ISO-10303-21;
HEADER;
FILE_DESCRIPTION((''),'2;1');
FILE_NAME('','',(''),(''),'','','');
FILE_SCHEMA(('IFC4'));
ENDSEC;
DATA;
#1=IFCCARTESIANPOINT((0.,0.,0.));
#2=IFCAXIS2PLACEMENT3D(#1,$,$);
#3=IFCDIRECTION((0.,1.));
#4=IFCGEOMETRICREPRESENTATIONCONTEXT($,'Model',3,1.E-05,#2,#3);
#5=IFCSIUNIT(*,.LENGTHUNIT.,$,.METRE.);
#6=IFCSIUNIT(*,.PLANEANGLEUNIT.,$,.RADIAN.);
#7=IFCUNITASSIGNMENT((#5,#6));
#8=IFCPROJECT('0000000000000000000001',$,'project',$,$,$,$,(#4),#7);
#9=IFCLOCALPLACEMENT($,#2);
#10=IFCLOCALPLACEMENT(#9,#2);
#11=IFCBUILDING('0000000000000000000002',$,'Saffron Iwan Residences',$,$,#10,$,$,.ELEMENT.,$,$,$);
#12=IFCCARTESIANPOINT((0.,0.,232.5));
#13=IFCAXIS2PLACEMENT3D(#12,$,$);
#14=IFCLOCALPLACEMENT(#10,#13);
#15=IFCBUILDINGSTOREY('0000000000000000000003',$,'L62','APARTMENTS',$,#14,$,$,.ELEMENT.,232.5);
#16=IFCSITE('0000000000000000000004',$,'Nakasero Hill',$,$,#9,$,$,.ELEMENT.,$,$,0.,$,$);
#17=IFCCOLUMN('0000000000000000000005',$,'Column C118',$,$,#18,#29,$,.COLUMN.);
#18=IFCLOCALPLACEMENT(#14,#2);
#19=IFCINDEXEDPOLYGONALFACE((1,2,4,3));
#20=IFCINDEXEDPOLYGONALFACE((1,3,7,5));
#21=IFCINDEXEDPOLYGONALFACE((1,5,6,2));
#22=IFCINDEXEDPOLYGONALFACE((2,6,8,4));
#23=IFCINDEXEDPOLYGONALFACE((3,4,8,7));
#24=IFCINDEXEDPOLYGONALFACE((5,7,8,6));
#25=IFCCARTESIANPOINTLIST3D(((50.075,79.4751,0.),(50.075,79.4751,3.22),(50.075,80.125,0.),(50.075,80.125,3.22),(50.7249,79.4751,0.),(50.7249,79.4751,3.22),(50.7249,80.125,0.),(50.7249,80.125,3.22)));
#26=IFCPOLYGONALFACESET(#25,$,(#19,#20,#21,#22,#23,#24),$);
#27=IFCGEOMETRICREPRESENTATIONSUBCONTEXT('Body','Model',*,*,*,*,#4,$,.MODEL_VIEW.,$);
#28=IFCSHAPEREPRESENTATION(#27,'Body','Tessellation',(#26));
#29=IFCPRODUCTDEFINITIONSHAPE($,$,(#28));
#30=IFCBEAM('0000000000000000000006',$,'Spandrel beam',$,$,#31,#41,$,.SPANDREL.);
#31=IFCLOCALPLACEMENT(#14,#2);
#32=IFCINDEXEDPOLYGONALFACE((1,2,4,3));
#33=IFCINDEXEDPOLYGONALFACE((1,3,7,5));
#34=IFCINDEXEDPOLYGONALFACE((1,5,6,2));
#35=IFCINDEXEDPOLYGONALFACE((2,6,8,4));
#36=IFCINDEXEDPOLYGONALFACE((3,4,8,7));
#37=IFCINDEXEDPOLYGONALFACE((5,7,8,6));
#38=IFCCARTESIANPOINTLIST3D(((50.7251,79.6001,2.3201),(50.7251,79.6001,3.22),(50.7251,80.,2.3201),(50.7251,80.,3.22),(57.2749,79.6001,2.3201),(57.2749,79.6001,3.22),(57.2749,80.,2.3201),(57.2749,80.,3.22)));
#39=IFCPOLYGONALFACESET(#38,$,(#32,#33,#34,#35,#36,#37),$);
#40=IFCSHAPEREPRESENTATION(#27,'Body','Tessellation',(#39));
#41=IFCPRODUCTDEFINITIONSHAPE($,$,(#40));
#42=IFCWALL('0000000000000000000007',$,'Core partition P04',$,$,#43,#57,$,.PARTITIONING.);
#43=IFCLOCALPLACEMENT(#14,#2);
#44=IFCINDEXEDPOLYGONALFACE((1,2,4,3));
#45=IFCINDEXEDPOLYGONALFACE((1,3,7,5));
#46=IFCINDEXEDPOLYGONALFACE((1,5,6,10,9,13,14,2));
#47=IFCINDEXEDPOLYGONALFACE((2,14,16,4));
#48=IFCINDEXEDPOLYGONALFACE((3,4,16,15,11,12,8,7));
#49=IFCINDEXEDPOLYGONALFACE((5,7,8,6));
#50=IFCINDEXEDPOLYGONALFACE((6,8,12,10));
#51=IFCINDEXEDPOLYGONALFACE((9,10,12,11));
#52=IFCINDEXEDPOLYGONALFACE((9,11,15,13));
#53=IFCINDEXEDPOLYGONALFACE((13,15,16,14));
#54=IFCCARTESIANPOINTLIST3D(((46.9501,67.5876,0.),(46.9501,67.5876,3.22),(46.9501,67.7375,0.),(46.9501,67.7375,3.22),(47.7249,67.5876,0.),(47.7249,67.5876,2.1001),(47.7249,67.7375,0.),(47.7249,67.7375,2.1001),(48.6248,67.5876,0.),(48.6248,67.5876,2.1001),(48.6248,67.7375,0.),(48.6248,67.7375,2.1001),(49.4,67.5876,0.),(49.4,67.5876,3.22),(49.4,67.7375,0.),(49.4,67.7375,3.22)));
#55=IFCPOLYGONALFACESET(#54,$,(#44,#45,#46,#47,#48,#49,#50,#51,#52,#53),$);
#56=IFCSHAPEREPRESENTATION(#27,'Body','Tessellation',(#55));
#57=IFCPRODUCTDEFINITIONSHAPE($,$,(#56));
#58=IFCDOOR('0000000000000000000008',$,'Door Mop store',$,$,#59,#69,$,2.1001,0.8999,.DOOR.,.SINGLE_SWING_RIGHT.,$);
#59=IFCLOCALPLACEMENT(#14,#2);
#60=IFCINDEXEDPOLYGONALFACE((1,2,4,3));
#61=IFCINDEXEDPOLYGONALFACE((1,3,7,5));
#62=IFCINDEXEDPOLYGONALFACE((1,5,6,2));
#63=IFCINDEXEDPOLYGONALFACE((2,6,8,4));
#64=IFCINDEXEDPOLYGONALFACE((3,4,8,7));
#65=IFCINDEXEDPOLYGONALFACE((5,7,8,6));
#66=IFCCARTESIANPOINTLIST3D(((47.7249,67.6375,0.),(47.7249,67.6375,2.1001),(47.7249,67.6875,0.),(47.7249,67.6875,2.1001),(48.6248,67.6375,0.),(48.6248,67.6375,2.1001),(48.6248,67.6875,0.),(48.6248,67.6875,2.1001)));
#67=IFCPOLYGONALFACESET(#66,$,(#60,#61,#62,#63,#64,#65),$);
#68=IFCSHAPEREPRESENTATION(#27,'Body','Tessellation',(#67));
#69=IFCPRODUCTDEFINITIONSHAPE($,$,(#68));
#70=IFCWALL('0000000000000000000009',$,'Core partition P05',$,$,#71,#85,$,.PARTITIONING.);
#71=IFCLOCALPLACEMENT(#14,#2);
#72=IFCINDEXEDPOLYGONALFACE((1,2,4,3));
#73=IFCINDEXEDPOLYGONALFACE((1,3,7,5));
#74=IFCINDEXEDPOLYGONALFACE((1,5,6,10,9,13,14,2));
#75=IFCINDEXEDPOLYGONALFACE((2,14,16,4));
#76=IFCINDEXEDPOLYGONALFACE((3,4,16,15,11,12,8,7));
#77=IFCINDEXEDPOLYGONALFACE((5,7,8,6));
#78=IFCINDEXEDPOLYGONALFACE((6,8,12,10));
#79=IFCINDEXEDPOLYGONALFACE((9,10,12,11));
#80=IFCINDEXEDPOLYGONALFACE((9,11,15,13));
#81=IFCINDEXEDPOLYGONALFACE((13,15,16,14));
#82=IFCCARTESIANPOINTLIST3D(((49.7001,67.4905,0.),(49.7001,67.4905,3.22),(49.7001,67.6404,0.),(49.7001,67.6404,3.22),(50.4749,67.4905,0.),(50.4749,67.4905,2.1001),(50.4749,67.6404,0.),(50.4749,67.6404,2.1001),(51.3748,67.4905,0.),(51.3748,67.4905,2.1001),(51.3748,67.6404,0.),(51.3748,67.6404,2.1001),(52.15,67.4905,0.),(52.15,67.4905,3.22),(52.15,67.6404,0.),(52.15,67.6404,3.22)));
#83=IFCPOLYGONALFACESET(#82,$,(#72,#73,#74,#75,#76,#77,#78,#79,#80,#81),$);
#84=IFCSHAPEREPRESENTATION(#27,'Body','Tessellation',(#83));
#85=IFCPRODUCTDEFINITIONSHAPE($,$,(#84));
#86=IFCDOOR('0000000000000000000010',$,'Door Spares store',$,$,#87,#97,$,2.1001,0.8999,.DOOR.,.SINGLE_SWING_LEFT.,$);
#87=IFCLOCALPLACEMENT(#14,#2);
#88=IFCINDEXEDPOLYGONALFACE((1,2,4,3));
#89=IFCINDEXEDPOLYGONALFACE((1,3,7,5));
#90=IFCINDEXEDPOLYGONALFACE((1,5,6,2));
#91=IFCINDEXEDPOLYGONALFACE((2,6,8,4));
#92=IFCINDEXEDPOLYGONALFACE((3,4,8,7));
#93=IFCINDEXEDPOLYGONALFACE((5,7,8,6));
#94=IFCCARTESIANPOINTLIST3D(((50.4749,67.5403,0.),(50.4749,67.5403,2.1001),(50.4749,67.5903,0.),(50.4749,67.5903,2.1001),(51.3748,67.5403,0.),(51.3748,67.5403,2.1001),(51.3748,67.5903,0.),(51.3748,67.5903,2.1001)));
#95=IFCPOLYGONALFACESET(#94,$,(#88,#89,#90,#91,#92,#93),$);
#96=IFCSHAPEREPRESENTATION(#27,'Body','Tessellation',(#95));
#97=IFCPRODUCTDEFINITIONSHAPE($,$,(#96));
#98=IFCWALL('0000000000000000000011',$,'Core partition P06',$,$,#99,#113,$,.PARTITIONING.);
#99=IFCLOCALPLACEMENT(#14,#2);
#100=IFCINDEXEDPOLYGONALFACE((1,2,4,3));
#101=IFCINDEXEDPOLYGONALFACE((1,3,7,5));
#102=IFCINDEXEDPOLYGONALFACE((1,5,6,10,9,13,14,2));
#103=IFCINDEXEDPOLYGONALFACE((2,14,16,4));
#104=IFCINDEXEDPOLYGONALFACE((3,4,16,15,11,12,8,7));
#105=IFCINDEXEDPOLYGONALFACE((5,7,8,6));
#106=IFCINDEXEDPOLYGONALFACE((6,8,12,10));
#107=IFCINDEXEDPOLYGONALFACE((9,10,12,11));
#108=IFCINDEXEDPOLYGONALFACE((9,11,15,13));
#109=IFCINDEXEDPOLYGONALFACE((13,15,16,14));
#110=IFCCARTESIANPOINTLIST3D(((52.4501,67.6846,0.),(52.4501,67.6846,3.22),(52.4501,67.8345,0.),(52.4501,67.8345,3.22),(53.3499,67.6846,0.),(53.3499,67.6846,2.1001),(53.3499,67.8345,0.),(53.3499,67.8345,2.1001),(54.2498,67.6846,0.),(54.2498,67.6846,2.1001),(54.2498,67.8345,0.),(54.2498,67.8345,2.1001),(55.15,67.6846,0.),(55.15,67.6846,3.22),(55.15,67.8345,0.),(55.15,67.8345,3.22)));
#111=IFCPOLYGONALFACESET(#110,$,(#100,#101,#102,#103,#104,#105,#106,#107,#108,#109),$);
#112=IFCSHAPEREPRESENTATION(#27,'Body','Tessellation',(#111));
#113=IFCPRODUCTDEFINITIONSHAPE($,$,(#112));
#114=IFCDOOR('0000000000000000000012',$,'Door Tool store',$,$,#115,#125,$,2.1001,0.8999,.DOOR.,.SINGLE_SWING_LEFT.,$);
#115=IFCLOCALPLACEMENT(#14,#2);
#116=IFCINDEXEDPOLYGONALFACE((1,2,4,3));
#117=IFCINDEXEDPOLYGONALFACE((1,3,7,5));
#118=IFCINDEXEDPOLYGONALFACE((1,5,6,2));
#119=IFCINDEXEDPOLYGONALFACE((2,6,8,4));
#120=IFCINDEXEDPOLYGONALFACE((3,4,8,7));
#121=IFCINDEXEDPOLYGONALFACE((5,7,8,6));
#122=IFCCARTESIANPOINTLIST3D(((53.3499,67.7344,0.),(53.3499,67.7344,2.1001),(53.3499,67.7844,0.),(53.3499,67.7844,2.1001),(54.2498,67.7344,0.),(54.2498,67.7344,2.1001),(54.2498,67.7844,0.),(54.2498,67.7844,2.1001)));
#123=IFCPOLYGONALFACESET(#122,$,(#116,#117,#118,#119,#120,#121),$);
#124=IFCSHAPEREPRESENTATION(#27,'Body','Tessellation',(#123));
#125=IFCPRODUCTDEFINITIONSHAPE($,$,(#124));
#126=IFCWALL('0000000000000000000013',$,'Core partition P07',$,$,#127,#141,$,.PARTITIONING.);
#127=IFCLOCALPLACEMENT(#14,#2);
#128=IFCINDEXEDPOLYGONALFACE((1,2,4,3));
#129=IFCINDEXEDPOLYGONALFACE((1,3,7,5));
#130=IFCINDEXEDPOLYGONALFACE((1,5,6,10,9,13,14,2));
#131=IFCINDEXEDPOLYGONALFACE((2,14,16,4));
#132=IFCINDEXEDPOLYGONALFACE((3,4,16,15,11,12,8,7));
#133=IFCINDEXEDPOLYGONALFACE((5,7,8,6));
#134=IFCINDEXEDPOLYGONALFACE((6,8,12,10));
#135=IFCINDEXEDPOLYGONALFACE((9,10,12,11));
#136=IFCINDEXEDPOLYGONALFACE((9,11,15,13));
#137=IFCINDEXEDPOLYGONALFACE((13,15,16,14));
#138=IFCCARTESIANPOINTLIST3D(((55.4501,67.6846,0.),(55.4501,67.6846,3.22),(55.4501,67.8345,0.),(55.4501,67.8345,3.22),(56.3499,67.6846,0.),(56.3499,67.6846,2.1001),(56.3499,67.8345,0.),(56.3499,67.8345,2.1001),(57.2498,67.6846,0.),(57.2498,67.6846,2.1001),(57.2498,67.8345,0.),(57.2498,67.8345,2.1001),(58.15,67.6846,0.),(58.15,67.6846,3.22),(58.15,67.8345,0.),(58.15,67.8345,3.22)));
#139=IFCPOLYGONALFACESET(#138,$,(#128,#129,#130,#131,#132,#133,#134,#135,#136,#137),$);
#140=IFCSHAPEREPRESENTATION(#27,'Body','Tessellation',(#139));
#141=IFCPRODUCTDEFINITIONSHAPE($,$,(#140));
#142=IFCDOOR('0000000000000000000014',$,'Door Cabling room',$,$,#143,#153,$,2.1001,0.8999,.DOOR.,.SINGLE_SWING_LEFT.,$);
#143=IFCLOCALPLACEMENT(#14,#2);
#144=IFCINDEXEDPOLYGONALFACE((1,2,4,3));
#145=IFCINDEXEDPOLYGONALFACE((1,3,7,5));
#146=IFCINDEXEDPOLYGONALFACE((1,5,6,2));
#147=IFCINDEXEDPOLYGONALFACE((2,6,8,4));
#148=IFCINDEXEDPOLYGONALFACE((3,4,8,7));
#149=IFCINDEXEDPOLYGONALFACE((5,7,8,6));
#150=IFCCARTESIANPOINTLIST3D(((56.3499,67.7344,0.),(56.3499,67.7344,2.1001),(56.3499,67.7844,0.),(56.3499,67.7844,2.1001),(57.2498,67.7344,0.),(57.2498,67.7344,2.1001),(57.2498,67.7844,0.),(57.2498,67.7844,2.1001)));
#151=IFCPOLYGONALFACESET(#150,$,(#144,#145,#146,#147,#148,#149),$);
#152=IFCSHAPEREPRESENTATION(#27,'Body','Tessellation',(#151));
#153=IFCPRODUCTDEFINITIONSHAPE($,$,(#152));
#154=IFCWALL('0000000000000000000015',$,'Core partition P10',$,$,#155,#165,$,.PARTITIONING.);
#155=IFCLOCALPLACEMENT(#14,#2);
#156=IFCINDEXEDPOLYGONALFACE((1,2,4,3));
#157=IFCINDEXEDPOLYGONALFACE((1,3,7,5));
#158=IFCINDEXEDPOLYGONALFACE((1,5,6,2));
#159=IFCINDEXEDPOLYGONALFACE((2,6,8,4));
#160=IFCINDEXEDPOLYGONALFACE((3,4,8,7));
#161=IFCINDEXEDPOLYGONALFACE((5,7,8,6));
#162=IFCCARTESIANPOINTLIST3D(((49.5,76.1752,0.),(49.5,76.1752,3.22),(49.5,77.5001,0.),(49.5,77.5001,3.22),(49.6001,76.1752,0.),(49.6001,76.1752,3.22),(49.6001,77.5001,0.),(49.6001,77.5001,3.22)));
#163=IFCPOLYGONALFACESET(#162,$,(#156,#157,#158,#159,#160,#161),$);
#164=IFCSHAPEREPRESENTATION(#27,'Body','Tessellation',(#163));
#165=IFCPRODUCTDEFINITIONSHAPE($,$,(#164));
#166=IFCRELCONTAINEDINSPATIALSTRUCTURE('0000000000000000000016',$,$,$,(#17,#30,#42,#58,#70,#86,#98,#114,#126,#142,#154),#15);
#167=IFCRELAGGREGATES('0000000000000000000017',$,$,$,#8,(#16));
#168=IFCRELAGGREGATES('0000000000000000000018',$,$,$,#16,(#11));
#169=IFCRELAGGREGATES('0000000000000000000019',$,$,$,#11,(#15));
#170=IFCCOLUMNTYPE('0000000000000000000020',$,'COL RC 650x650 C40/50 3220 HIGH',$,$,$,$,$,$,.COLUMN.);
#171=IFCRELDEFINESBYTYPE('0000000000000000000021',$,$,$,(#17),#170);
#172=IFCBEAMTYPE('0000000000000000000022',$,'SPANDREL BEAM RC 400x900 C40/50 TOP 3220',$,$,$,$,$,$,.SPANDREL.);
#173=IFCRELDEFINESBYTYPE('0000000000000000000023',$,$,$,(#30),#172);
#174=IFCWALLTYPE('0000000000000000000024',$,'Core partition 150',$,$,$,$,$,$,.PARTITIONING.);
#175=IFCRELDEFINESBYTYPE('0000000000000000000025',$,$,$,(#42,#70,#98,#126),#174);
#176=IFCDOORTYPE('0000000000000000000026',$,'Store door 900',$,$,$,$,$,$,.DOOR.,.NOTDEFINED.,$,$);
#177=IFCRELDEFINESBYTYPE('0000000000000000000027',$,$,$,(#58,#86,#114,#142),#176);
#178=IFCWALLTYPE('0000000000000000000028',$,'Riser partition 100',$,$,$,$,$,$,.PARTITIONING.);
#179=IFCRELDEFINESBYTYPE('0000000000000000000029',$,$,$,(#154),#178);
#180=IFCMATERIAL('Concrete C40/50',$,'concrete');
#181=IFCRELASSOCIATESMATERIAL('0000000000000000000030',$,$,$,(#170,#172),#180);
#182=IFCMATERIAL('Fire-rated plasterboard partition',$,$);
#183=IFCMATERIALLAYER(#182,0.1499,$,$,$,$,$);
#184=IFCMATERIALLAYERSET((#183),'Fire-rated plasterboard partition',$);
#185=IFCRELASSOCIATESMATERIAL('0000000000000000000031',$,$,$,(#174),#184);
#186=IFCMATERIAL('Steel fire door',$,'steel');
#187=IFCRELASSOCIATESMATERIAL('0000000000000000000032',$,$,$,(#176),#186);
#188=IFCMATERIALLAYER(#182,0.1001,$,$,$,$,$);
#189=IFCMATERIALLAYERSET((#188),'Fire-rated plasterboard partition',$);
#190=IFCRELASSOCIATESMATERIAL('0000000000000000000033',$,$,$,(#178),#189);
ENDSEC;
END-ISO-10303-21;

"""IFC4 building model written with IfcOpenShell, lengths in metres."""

from ifc_helpers import new_model, si_unit, direction, frame, frame_2d, origin, origin_2d, place, context, subcontext, project, spatial, rectangle, extrude, source, transform, mapped, material, layer, layer_set, material_profile, profile_set, type_object, element, fill, save


model = new_model("IFC4")

# Units and contexts
model_context = context("Model", 3, precision=1e-05, world=origin(), true_north=direction((0.0, 1.0)))
body_context = subcontext(model_context, "Body", "Model", "MODEL_VIEW")
ifc_project = project(units=[si_unit("LENGTHUNIT", "METRE"), si_unit("PLANEANGLEUNIT", "RADIAN")], contexts=[model_context])

# Site, building, storey
site_placement = place(None, origin())
site = spatial("IfcSite", under=ifc_project, at=site_placement, Name="Nakasero Hill", CompositionType="ELEMENT", RefElevation=0.0)
building_placement = place(site_placement, origin())
building = spatial("IfcBuilding", under=site, at=building_placement, Name="Saffron Iwan Residences", CompositionType="ELEMENT")
storey_placement = place(building_placement, frame((0.0, 0.0, 232.5)))
storey = spatial("IfcBuildingStorey", under=building, at=storey_placement, Name="L62", Description="APARTMENTS", CompositionType="ELEMENT", Elevation=232.5)

# Column
ifc_material_1 = material(Name="Concrete C40/50", Category="concrete")
ifc_material_profile_1 = material_profile(ifc_material_1, rectangle(XDim=0.6499, YDim=0.6499, at=origin_2d()), Name="RC 650x650")
ifc_profile_set_1 = profile_set([ifc_material_profile_1], Name="Concrete C40/50")
column_type = type_object("IfcColumnType", Name="COL RC 650x650 C40/50 3220 HIGH", PredefinedType="COLUMN", material=ifc_profile_set_1)
shared_shape_1 = source(origin(), body_context, "Body", "SweptSolid", [
    extrude(rectangle(XDim=0.6499, YDim=0.6499, at=origin_2d()), origin(), (0.0, 0.0, 1.0), 3.22),
])
column_placement = place(storey_placement, frame((50.3999, 79.8, 0.0), z_axis=(0.0, 0.0, 1.0), x_axis=(1.0, 0.0, 0.0)))
element("IfcColumn", 1, at=column_placement, inside=storey, type_object=column_type, Name="Column C118", PredefinedType="COLUMN", context=body_context, shape_type="MappedRepresentation", body=[
    mapped(shared_shape_1, transform((0.0, 0.0, 0.0))),
])

# Beam
ifc_material_profile_2 = material_profile(ifc_material_1, rectangle(XDim=0.3999, YDim=0.8999, at=origin_2d()), Name="RC 400x900")
ifc_profile_set_2 = profile_set([ifc_material_profile_2], Name="Concrete C40/50")
beam_type = type_object("IfcBeamType", Name="SPANDREL BEAM RC 400x900 C40/50 TOP 3220", PredefinedType="SPANDREL", material=ifc_profile_set_2)
shared_shape_2 = source(origin(), body_context, "Body", "SweptSolid", [
    extrude(rectangle(XDim=0.3999, YDim=0.8999, at=origin_2d()), origin(), (0.0, 0.0, 1.0), 6.5498),
])
beam_placement = place(storey_placement, frame((50.7251, 79.8, 2.77), z_axis=(1.0, 0.0, 0.0), x_axis=(0.0, 1.0, 0.0)))
element("IfcBeam", 2, at=beam_placement, inside=storey, type_object=beam_type, Name="Spandrel beam", PredefinedType="SPANDREL", context=body_context, shape_type="MappedRepresentation", body=[
    mapped(shared_shape_2, transform((0.0, 0.0, 0.0))),
])

# Walls, openings, doors
ifc_material_2 = material(Name="Fire-rated plasterboard partition")
ifc_layer_1 = layer(ifc_material_2, 0.1499)
ifc_layer_set_1 = layer_set([ifc_layer_1], Name="Fire-rated plasterboard partition")
wall_type_1 = type_object("IfcWallType", Name="Core partition 150", PredefinedType="PARTITIONING", material=ifc_layer_set_1)
wall_1_placement = place(storey_placement, frame((46.95, 67.6626, 0.0), z_axis=(0.0, 0.0, 1.0), x_axis=(1.0, 0.0, 0.0)))
wall_1 = element("IfcWall", 3, at=wall_1_placement, inside=storey, type_object=wall_type_1, Name="Core partition P04", PredefinedType="PARTITIONING", context=body_context, shape_type="SweptSolid", body=[
    extrude(rectangle(XDim=2.45, YDim=0.1499, at=frame_2d((1.2251, 0.0))), origin(), (0.0, 0.0, 1.0), 3.22),
])
opening_1_placement = place(wall_1_placement, frame((0.7749, 0.0, 0.0)))
opening_1 = element("IfcOpeningElement", 4, at=opening_1_placement, cuts=wall_1, PredefinedType="OPENING", context=body_context, shape_type="SweptSolid", body=[
    extrude(rectangle(XDim=0.8999, YDim=2.1001, at=frame_2d((0.45, 1.05))), frame((0.0, 0.085, 0.0), z_axis=(0.0, -1.0, 0.0), x_axis=(1.0, 0.0, 0.0)), (0.0, 0.0, 1.0), 0.1699),
])
ifc_material_3 = material(Name="Steel fire door", Category="steel")
door_type = type_object("IfcDoorType", Name="Store door 900", OperationType="NOTDEFINED", PredefinedType="DOOR", material=ifc_material_3)
door_1_placement = place(opening_1_placement, origin())
door_1 = element("IfcDoor", 5, at=door_1_placement, inside=storey, type_object=door_type, Name="Door Mop store", OperationType="SINGLE_SWING_RIGHT", OverallHeight=2.1001, OverallWidth=0.8999, PredefinedType="DOOR", context=body_context, shape_type="SweptSolid", body=[
    extrude(rectangle(XDim=0.8999, YDim=2.1001, at=frame_2d((0.45, 1.05))), frame((0.0, 0.0249, 0.0), z_axis=(0.0, -1.0, 0.0), x_axis=(1.0, 0.0, 0.0)), (0.0, 0.0, 1.0), 0.05),
])
fill(opening_1, door_1)
wall_2_placement = place(storey_placement, frame((49.7, 67.5654, 0.0), z_axis=(0.0, 0.0, 1.0), x_axis=(1.0, 0.0, 0.0)))
wall_2 = element("IfcWall", 6, at=wall_2_placement, inside=storey, type_object=wall_type_1, Name="Core partition P05", PredefinedType="PARTITIONING", context=body_context, shape_type="SweptSolid", body=[
    extrude(rectangle(XDim=2.45, YDim=0.1499, at=frame_2d((1.2251, 0.0))), origin(), (0.0, 0.0, 1.0), 3.22),
])
opening_2_placement = place(wall_2_placement, frame((0.7749, 0.0, 0.0)))
opening_2 = element("IfcOpeningElement", 7, at=opening_2_placement, cuts=wall_2, PredefinedType="OPENING", context=body_context, shape_type="SweptSolid", body=[
    extrude(rectangle(XDim=0.8999, YDim=2.1001, at=frame_2d((0.45, 1.05))), frame((0.0, 0.085, 0.0), z_axis=(0.0, -1.0, 0.0), x_axis=(1.0, 0.0, 0.0)), (0.0, 0.0, 1.0), 0.1699),
])
door_2_placement = place(opening_2_placement, origin())
door_2 = element("IfcDoor", 8, at=door_2_placement, inside=storey, type_object=door_type, Name="Door Spares store", OperationType="SINGLE_SWING_LEFT", OverallHeight=2.1001, OverallWidth=0.8999, PredefinedType="DOOR", context=body_context, shape_type="SweptSolid", body=[
    extrude(rectangle(XDim=0.8999, YDim=2.1001, at=frame_2d((0.45, 1.05))), frame((0.0, 0.0249, 0.0), z_axis=(0.0, -1.0, 0.0), x_axis=(1.0, 0.0, 0.0)), (0.0, 0.0, 1.0), 0.05),
])
fill(opening_2, door_2)
wall_3_placement = place(storey_placement, frame((52.45, 67.7595, 0.0), z_axis=(0.0, 0.0, 1.0), x_axis=(1.0, 0.0, 0.0)))
wall_3 = element("IfcWall", 9, at=wall_3_placement, inside=storey, type_object=wall_type_1, Name="Core partition P06", PredefinedType="PARTITIONING", context=body_context, shape_type="SweptSolid", body=[
    extrude(rectangle(XDim=2.7, YDim=0.1499, at=frame_2d((1.3501, 0.0))), origin(), (0.0, 0.0, 1.0), 3.22),
])
opening_3_placement = place(wall_3_placement, frame((0.8999, 0.0, 0.0)))
opening_3 = element("IfcOpeningElement", 10, at=opening_3_placement, cuts=wall_3, PredefinedType="OPENING", context=body_context, shape_type="SweptSolid", body=[
    extrude(rectangle(XDim=0.8999, YDim=2.1001, at=frame_2d((0.45, 1.05))), frame((0.0, 0.085, 0.0), z_axis=(0.0, -1.0, 0.0), x_axis=(1.0, 0.0, 0.0)), (0.0, 0.0, 1.0), 0.1699),
])
door_3_placement = place(opening_3_placement, origin())
door_3 = element("IfcDoor", 11, at=door_3_placement, inside=storey, type_object=door_type, Name="Door Tool store", OperationType="SINGLE_SWING_LEFT", OverallHeight=2.1001, OverallWidth=0.8999, PredefinedType="DOOR", context=body_context, shape_type="SweptSolid", body=[
    extrude(rectangle(XDim=0.8999, YDim=2.1001, at=frame_2d((0.45, 1.05))), frame((0.0, 0.0249, 0.0), z_axis=(0.0, -1.0, 0.0), x_axis=(1.0, 0.0, 0.0)), (0.0, 0.0, 1.0), 0.05),
])
fill(opening_3, door_3)
wall_4_placement = place(storey_placement, frame((55.45, 67.7595, 0.0), z_axis=(0.0, 0.0, 1.0), x_axis=(1.0, 0.0, 0.0)))
wall_4 = element("IfcWall", 12, at=wall_4_placement, inside=storey, type_object=wall_type_1, Name="Core partition P07", PredefinedType="PARTITIONING", context=body_context, shape_type="SweptSolid", body=[
    extrude(rectangle(XDim=2.7, YDim=0.1499, at=frame_2d((1.3501, 0.0))), origin(), (0.0, 0.0, 1.0), 3.22),
])
opening_4_placement = place(wall_4_placement, frame((0.8999, 0.0, 0.0)))
opening_4 = element("IfcOpeningElement", 13, at=opening_4_placement, cuts=wall_4, PredefinedType="OPENING", context=body_context, shape_type="SweptSolid", body=[
    extrude(rectangle(XDim=0.8999, YDim=2.1001, at=frame_2d((0.45, 1.05))), frame((0.0, 0.085, 0.0), z_axis=(0.0, -1.0, 0.0), x_axis=(1.0, 0.0, 0.0)), (0.0, 0.0, 1.0), 0.1699),
])
door_4_placement = place(opening_4_placement, origin())
door_4 = element("IfcDoor", 14, at=door_4_placement, inside=storey, type_object=door_type, Name="Door Cabling room", OperationType="SINGLE_SWING_LEFT", OverallHeight=2.1001, OverallWidth=0.8999, PredefinedType="DOOR", context=body_context, shape_type="SweptSolid", body=[
    extrude(rectangle(XDim=0.8999, YDim=2.1001, at=frame_2d((0.45, 1.05))), frame((0.0, 0.0249, 0.0), z_axis=(0.0, -1.0, 0.0), x_axis=(1.0, 0.0, 0.0)), (0.0, 0.0, 1.0), 0.05),
])
fill(opening_4, door_4)

# Wall
ifc_layer_2 = layer(ifc_material_2, 0.1001)
ifc_layer_set_2 = layer_set([ifc_layer_2], Name="Fire-rated plasterboard partition")
wall_type_2 = type_object("IfcWallType", Name="Riser partition 100", PredefinedType="PARTITIONING", material=ifc_layer_set_2)
for number, where, z_axis, x_axis, name in (
    (15, (49.55, 76.175, 0.0), (0.0, 0.0, 1.0), (0.0, 1.0, 0.0), "Core partition P10"),
):
    element("IfcWall", number, at=place(storey_placement, frame(where, z_axis=z_axis, x_axis=x_axis)), inside=storey, type_object=wall_type_2, Name=name, PredefinedType="PARTITIONING", context=body_context, shape_type="SweptSolid", body=[
        extrude(rectangle(XDim=1.325, YDim=0.1001, at=frame_2d((0.6626, 0.0))), origin(), (0.0, 0.0, 1.0), 3.22),
    ])

save(model, "model.ifc")
